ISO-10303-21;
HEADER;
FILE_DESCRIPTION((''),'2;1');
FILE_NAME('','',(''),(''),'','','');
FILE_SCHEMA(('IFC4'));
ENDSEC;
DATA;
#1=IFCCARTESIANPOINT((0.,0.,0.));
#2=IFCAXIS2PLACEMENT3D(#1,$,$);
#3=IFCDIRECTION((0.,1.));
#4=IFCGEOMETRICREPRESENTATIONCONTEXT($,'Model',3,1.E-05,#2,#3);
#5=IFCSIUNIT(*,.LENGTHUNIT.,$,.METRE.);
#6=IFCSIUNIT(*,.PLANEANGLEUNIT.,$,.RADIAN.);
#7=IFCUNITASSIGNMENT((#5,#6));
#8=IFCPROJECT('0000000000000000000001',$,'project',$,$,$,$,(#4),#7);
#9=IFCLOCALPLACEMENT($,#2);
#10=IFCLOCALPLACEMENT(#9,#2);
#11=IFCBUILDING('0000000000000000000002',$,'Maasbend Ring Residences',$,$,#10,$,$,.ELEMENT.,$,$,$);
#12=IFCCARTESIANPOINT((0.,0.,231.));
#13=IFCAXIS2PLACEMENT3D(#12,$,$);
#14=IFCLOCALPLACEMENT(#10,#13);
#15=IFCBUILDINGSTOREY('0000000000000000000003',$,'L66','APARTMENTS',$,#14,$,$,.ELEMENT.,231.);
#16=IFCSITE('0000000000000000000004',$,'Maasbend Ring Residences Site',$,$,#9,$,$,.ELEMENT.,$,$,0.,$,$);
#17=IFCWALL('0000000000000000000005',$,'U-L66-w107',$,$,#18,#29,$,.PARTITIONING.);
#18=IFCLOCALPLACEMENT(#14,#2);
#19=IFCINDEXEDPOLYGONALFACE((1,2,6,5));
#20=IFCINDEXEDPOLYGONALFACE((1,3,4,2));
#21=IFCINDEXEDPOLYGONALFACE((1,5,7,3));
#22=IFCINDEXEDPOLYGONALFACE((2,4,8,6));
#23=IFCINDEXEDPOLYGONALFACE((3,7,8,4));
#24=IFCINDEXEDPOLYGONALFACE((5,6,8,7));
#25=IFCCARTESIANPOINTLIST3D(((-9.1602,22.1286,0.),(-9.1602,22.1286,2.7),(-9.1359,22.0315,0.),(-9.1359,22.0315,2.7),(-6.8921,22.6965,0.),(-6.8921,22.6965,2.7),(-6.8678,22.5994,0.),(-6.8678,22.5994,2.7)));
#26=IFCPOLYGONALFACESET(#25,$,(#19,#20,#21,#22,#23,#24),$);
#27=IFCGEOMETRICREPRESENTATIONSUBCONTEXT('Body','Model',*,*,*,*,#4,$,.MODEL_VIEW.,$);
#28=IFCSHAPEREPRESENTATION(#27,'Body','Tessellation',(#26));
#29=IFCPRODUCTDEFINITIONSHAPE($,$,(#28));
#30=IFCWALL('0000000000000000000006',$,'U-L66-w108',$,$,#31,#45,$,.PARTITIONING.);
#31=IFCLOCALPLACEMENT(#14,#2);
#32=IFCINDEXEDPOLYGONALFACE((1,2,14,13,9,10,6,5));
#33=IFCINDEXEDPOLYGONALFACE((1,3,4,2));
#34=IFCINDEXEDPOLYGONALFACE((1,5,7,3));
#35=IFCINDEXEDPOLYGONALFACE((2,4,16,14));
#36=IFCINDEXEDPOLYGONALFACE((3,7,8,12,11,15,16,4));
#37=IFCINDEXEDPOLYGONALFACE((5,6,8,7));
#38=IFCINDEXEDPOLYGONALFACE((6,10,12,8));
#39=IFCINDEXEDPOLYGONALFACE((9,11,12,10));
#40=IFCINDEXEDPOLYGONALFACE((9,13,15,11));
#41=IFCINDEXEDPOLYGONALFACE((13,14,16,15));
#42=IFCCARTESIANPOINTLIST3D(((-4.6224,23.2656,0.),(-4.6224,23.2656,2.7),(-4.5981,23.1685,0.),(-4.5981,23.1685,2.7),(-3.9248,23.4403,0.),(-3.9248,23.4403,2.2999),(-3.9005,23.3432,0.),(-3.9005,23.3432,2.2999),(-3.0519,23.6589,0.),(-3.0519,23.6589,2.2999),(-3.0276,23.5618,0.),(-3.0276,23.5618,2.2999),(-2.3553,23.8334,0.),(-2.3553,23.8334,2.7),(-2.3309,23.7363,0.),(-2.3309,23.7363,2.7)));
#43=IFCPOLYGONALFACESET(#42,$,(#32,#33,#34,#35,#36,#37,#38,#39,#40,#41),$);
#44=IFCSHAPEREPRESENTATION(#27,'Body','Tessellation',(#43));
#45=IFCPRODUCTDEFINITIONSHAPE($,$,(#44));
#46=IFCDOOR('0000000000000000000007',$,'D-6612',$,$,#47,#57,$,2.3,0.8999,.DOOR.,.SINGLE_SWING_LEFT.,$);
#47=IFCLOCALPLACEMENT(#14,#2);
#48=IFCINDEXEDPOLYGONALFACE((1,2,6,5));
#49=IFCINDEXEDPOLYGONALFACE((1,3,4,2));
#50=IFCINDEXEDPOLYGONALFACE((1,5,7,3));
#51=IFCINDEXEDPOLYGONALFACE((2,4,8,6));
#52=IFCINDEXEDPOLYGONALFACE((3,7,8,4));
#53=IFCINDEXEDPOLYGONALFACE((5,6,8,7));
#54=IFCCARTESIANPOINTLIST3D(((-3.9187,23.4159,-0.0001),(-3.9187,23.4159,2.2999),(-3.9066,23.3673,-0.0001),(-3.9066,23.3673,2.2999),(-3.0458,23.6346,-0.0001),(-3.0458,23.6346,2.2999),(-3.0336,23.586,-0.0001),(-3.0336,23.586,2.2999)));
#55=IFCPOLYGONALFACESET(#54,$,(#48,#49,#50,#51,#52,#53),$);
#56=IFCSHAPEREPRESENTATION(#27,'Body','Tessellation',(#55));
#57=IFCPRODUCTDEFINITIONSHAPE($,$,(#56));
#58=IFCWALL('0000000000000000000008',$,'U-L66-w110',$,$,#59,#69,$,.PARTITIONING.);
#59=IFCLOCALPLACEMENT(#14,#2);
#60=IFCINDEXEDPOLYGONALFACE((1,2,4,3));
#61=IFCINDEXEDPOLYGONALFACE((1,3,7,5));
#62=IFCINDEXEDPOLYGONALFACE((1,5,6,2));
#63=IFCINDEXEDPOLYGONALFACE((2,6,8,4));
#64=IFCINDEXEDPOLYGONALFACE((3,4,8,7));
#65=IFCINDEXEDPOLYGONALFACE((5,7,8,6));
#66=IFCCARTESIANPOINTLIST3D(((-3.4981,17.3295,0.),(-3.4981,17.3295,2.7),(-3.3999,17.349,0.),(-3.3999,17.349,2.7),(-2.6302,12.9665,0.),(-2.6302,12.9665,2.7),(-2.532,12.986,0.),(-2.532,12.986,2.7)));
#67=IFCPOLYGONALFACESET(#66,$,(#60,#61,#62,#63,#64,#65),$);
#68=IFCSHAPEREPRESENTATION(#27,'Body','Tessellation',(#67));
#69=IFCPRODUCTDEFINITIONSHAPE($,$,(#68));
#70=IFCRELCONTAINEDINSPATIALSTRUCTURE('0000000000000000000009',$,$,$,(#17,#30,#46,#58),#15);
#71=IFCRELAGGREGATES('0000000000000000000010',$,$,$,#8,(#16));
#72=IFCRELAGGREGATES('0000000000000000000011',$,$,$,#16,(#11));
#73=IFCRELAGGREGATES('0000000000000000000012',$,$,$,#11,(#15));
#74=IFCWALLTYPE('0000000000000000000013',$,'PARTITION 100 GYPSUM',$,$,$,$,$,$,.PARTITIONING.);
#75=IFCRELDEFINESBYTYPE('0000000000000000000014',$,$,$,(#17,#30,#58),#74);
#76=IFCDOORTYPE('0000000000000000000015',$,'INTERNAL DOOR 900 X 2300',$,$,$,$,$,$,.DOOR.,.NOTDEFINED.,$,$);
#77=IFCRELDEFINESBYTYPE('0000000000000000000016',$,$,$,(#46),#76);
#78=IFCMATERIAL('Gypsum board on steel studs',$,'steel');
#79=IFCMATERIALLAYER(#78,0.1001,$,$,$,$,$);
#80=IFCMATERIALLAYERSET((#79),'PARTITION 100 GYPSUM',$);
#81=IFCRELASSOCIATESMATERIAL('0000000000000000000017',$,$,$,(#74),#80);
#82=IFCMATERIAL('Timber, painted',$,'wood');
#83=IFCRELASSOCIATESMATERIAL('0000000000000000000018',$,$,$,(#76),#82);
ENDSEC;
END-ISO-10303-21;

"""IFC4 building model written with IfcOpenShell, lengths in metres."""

from ifc_helpers import new_model, si_unit, direction, frame, frame_2d, origin, place, context, subcontext, project, spatial, rectangle, extrude, material, layer, layer_set, type_object, element, fill, save


model = new_model("IFC4")

# Units and contexts
model_context = context("Model", 3, precision=1e-05, world=origin(), true_north=direction((0.0, 1.0)))
body_context = subcontext(model_context, "Body", "Model", "MODEL_VIEW")
ifc_project = project(units=[si_unit("LENGTHUNIT", "METRE"), si_unit("PLANEANGLEUNIT", "RADIAN")], contexts=[model_context])

# Site, building, storey
site_placement = place(None, origin())
site = spatial("IfcSite", under=ifc_project, at=site_placement, Name="Maasbend Ring Residences Site", CompositionType="ELEMENT", RefElevation=0.0)
building_placement = place(site_placement, origin())
building = spatial("IfcBuilding", under=site, at=building_placement, Name="Maasbend Ring Residences", CompositionType="ELEMENT")
storey_placement = place(building_placement, frame((0.0, 0.0, 231.0)))
storey = spatial("IfcBuildingStorey", under=building, at=storey_placement, Name="L66", Description="APARTMENTS", CompositionType="ELEMENT", Elevation=231.0)

# Shared definitions
ifc_material_1 = material(Name="Gypsum board on steel studs", Category="steel")
ifc_layer_1 = layer(ifc_material_1, 0.1001)
ifc_layer_set_1 = layer_set([ifc_layer_1], Name="PARTITION 100 GYPSUM")
wall_type_1 = type_object("IfcWallType", Name="PARTITION 100 GYPSUM", PredefinedType="PARTITIONING", material=ifc_layer_set_1)

# Shared definitions
ifc_material_2 = material(Name="Timber, painted", Category="wood")
door_type_1 = type_object("IfcDoorType", Name="INTERNAL DOOR 900 X 2300", OperationType="NOTDEFINED", PredefinedType="DOOR", material=ifc_material_2)

# Wall
wall_1_placement = place(storey_placement, frame((-9.1479, 22.0801, 0.0), z_axis=(0.0, 0.0, 1.0), x_axis=(0.970056, 0.24288, 0.0)))
element("IfcWall", 1, at=wall_1_placement, inside=storey, type_object=wall_type_1, Name="U-L66-w107", PredefinedType="PARTITIONING", context=body_context, shape_type="SweptSolid", body=[
    extrude(rectangle(XDim=2.3381, YDim=0.1001, at=frame_2d((1.1689, 0.0))), origin(), (0.0, 0.0, 1.0), 2.7),
])

# Wall, opening, door
wall_2_placement = place(storey_placement, frame((-4.6101, 23.217, 0.0), z_axis=(0.0, 0.0, 1.0), x_axis=(0.970032, 0.242978, 0.0)))
wall_2 = element("IfcWall", 2, at=wall_2_placement, inside=storey, type_object=wall_type_1, Name="U-L66-w108", PredefinedType="PARTITIONING", context=body_context, shape_type="SweptSolid", body=[
    extrude(rectangle(XDim=2.3372, YDim=0.1001, at=frame_2d((1.1685, 0.0))), origin(), (0.0, 0.0, 1.0), 2.7),
])
opening_1_placement = place(wall_2_placement, frame((0.719, 0.0, 0.0)))
opening_1 = element("IfcOpeningElement", 3, at=opening_1_placement, cuts=wall_2, PredefinedType="OPENING", context=body_context, shape_type="SweptSolid", body=[
    extrude(rectangle(XDim=0.8999, YDim=2.3, at=frame_2d((0.45, 1.1499))), frame((0.0, 0.0601, 0.0), z_axis=(0.0, -1.0, 0.0), x_axis=(1.0, 0.0, 0.0)), (0.0, 0.0, 1.0), 0.1201),
])
door_1_placement = place(opening_1_placement, origin())
door_1 = element("IfcDoor", 4, at=door_1_placement, inside=storey, type_object=door_type_1, Name="D-6612", OperationType="SINGLE_SWING_LEFT", OverallHeight=2.3, OverallWidth=0.8999, PredefinedType="DOOR", context=body_context, shape_type="SweptSolid", body=[
    extrude(rectangle(XDim=0.8999, YDim=2.3, at=frame_2d((0.45, 1.1499))), frame((0.0, 0.0249, 0.0), z_axis=(0.0, -1.0, 0.0), x_axis=(1.0, 0.0, 0.0)), (0.0, 0.0, 1.0), 0.05),
])
fill(opening_1, door_1)

# Wall
wall_3_placement = place(storey_placement, frame((-3.449, 17.3391, 0.0), z_axis=(0.0, 0.0, 1.0), x_axis=(0.195103, -0.980783, 0.0)))
element("IfcWall", 5, at=wall_3_placement, inside=storey, type_object=wall_type_1, Name="U-L66-w110", PredefinedType="PARTITIONING", context=body_context, shape_type="SweptSolid", body=[
    extrude(rectangle(XDim=4.4485, YDim=0.1001, at=frame_2d((2.2241, 0.0))), origin(), (0.0, 0.0, 1.0), 2.7),
])

save(model, "model.ifc")
